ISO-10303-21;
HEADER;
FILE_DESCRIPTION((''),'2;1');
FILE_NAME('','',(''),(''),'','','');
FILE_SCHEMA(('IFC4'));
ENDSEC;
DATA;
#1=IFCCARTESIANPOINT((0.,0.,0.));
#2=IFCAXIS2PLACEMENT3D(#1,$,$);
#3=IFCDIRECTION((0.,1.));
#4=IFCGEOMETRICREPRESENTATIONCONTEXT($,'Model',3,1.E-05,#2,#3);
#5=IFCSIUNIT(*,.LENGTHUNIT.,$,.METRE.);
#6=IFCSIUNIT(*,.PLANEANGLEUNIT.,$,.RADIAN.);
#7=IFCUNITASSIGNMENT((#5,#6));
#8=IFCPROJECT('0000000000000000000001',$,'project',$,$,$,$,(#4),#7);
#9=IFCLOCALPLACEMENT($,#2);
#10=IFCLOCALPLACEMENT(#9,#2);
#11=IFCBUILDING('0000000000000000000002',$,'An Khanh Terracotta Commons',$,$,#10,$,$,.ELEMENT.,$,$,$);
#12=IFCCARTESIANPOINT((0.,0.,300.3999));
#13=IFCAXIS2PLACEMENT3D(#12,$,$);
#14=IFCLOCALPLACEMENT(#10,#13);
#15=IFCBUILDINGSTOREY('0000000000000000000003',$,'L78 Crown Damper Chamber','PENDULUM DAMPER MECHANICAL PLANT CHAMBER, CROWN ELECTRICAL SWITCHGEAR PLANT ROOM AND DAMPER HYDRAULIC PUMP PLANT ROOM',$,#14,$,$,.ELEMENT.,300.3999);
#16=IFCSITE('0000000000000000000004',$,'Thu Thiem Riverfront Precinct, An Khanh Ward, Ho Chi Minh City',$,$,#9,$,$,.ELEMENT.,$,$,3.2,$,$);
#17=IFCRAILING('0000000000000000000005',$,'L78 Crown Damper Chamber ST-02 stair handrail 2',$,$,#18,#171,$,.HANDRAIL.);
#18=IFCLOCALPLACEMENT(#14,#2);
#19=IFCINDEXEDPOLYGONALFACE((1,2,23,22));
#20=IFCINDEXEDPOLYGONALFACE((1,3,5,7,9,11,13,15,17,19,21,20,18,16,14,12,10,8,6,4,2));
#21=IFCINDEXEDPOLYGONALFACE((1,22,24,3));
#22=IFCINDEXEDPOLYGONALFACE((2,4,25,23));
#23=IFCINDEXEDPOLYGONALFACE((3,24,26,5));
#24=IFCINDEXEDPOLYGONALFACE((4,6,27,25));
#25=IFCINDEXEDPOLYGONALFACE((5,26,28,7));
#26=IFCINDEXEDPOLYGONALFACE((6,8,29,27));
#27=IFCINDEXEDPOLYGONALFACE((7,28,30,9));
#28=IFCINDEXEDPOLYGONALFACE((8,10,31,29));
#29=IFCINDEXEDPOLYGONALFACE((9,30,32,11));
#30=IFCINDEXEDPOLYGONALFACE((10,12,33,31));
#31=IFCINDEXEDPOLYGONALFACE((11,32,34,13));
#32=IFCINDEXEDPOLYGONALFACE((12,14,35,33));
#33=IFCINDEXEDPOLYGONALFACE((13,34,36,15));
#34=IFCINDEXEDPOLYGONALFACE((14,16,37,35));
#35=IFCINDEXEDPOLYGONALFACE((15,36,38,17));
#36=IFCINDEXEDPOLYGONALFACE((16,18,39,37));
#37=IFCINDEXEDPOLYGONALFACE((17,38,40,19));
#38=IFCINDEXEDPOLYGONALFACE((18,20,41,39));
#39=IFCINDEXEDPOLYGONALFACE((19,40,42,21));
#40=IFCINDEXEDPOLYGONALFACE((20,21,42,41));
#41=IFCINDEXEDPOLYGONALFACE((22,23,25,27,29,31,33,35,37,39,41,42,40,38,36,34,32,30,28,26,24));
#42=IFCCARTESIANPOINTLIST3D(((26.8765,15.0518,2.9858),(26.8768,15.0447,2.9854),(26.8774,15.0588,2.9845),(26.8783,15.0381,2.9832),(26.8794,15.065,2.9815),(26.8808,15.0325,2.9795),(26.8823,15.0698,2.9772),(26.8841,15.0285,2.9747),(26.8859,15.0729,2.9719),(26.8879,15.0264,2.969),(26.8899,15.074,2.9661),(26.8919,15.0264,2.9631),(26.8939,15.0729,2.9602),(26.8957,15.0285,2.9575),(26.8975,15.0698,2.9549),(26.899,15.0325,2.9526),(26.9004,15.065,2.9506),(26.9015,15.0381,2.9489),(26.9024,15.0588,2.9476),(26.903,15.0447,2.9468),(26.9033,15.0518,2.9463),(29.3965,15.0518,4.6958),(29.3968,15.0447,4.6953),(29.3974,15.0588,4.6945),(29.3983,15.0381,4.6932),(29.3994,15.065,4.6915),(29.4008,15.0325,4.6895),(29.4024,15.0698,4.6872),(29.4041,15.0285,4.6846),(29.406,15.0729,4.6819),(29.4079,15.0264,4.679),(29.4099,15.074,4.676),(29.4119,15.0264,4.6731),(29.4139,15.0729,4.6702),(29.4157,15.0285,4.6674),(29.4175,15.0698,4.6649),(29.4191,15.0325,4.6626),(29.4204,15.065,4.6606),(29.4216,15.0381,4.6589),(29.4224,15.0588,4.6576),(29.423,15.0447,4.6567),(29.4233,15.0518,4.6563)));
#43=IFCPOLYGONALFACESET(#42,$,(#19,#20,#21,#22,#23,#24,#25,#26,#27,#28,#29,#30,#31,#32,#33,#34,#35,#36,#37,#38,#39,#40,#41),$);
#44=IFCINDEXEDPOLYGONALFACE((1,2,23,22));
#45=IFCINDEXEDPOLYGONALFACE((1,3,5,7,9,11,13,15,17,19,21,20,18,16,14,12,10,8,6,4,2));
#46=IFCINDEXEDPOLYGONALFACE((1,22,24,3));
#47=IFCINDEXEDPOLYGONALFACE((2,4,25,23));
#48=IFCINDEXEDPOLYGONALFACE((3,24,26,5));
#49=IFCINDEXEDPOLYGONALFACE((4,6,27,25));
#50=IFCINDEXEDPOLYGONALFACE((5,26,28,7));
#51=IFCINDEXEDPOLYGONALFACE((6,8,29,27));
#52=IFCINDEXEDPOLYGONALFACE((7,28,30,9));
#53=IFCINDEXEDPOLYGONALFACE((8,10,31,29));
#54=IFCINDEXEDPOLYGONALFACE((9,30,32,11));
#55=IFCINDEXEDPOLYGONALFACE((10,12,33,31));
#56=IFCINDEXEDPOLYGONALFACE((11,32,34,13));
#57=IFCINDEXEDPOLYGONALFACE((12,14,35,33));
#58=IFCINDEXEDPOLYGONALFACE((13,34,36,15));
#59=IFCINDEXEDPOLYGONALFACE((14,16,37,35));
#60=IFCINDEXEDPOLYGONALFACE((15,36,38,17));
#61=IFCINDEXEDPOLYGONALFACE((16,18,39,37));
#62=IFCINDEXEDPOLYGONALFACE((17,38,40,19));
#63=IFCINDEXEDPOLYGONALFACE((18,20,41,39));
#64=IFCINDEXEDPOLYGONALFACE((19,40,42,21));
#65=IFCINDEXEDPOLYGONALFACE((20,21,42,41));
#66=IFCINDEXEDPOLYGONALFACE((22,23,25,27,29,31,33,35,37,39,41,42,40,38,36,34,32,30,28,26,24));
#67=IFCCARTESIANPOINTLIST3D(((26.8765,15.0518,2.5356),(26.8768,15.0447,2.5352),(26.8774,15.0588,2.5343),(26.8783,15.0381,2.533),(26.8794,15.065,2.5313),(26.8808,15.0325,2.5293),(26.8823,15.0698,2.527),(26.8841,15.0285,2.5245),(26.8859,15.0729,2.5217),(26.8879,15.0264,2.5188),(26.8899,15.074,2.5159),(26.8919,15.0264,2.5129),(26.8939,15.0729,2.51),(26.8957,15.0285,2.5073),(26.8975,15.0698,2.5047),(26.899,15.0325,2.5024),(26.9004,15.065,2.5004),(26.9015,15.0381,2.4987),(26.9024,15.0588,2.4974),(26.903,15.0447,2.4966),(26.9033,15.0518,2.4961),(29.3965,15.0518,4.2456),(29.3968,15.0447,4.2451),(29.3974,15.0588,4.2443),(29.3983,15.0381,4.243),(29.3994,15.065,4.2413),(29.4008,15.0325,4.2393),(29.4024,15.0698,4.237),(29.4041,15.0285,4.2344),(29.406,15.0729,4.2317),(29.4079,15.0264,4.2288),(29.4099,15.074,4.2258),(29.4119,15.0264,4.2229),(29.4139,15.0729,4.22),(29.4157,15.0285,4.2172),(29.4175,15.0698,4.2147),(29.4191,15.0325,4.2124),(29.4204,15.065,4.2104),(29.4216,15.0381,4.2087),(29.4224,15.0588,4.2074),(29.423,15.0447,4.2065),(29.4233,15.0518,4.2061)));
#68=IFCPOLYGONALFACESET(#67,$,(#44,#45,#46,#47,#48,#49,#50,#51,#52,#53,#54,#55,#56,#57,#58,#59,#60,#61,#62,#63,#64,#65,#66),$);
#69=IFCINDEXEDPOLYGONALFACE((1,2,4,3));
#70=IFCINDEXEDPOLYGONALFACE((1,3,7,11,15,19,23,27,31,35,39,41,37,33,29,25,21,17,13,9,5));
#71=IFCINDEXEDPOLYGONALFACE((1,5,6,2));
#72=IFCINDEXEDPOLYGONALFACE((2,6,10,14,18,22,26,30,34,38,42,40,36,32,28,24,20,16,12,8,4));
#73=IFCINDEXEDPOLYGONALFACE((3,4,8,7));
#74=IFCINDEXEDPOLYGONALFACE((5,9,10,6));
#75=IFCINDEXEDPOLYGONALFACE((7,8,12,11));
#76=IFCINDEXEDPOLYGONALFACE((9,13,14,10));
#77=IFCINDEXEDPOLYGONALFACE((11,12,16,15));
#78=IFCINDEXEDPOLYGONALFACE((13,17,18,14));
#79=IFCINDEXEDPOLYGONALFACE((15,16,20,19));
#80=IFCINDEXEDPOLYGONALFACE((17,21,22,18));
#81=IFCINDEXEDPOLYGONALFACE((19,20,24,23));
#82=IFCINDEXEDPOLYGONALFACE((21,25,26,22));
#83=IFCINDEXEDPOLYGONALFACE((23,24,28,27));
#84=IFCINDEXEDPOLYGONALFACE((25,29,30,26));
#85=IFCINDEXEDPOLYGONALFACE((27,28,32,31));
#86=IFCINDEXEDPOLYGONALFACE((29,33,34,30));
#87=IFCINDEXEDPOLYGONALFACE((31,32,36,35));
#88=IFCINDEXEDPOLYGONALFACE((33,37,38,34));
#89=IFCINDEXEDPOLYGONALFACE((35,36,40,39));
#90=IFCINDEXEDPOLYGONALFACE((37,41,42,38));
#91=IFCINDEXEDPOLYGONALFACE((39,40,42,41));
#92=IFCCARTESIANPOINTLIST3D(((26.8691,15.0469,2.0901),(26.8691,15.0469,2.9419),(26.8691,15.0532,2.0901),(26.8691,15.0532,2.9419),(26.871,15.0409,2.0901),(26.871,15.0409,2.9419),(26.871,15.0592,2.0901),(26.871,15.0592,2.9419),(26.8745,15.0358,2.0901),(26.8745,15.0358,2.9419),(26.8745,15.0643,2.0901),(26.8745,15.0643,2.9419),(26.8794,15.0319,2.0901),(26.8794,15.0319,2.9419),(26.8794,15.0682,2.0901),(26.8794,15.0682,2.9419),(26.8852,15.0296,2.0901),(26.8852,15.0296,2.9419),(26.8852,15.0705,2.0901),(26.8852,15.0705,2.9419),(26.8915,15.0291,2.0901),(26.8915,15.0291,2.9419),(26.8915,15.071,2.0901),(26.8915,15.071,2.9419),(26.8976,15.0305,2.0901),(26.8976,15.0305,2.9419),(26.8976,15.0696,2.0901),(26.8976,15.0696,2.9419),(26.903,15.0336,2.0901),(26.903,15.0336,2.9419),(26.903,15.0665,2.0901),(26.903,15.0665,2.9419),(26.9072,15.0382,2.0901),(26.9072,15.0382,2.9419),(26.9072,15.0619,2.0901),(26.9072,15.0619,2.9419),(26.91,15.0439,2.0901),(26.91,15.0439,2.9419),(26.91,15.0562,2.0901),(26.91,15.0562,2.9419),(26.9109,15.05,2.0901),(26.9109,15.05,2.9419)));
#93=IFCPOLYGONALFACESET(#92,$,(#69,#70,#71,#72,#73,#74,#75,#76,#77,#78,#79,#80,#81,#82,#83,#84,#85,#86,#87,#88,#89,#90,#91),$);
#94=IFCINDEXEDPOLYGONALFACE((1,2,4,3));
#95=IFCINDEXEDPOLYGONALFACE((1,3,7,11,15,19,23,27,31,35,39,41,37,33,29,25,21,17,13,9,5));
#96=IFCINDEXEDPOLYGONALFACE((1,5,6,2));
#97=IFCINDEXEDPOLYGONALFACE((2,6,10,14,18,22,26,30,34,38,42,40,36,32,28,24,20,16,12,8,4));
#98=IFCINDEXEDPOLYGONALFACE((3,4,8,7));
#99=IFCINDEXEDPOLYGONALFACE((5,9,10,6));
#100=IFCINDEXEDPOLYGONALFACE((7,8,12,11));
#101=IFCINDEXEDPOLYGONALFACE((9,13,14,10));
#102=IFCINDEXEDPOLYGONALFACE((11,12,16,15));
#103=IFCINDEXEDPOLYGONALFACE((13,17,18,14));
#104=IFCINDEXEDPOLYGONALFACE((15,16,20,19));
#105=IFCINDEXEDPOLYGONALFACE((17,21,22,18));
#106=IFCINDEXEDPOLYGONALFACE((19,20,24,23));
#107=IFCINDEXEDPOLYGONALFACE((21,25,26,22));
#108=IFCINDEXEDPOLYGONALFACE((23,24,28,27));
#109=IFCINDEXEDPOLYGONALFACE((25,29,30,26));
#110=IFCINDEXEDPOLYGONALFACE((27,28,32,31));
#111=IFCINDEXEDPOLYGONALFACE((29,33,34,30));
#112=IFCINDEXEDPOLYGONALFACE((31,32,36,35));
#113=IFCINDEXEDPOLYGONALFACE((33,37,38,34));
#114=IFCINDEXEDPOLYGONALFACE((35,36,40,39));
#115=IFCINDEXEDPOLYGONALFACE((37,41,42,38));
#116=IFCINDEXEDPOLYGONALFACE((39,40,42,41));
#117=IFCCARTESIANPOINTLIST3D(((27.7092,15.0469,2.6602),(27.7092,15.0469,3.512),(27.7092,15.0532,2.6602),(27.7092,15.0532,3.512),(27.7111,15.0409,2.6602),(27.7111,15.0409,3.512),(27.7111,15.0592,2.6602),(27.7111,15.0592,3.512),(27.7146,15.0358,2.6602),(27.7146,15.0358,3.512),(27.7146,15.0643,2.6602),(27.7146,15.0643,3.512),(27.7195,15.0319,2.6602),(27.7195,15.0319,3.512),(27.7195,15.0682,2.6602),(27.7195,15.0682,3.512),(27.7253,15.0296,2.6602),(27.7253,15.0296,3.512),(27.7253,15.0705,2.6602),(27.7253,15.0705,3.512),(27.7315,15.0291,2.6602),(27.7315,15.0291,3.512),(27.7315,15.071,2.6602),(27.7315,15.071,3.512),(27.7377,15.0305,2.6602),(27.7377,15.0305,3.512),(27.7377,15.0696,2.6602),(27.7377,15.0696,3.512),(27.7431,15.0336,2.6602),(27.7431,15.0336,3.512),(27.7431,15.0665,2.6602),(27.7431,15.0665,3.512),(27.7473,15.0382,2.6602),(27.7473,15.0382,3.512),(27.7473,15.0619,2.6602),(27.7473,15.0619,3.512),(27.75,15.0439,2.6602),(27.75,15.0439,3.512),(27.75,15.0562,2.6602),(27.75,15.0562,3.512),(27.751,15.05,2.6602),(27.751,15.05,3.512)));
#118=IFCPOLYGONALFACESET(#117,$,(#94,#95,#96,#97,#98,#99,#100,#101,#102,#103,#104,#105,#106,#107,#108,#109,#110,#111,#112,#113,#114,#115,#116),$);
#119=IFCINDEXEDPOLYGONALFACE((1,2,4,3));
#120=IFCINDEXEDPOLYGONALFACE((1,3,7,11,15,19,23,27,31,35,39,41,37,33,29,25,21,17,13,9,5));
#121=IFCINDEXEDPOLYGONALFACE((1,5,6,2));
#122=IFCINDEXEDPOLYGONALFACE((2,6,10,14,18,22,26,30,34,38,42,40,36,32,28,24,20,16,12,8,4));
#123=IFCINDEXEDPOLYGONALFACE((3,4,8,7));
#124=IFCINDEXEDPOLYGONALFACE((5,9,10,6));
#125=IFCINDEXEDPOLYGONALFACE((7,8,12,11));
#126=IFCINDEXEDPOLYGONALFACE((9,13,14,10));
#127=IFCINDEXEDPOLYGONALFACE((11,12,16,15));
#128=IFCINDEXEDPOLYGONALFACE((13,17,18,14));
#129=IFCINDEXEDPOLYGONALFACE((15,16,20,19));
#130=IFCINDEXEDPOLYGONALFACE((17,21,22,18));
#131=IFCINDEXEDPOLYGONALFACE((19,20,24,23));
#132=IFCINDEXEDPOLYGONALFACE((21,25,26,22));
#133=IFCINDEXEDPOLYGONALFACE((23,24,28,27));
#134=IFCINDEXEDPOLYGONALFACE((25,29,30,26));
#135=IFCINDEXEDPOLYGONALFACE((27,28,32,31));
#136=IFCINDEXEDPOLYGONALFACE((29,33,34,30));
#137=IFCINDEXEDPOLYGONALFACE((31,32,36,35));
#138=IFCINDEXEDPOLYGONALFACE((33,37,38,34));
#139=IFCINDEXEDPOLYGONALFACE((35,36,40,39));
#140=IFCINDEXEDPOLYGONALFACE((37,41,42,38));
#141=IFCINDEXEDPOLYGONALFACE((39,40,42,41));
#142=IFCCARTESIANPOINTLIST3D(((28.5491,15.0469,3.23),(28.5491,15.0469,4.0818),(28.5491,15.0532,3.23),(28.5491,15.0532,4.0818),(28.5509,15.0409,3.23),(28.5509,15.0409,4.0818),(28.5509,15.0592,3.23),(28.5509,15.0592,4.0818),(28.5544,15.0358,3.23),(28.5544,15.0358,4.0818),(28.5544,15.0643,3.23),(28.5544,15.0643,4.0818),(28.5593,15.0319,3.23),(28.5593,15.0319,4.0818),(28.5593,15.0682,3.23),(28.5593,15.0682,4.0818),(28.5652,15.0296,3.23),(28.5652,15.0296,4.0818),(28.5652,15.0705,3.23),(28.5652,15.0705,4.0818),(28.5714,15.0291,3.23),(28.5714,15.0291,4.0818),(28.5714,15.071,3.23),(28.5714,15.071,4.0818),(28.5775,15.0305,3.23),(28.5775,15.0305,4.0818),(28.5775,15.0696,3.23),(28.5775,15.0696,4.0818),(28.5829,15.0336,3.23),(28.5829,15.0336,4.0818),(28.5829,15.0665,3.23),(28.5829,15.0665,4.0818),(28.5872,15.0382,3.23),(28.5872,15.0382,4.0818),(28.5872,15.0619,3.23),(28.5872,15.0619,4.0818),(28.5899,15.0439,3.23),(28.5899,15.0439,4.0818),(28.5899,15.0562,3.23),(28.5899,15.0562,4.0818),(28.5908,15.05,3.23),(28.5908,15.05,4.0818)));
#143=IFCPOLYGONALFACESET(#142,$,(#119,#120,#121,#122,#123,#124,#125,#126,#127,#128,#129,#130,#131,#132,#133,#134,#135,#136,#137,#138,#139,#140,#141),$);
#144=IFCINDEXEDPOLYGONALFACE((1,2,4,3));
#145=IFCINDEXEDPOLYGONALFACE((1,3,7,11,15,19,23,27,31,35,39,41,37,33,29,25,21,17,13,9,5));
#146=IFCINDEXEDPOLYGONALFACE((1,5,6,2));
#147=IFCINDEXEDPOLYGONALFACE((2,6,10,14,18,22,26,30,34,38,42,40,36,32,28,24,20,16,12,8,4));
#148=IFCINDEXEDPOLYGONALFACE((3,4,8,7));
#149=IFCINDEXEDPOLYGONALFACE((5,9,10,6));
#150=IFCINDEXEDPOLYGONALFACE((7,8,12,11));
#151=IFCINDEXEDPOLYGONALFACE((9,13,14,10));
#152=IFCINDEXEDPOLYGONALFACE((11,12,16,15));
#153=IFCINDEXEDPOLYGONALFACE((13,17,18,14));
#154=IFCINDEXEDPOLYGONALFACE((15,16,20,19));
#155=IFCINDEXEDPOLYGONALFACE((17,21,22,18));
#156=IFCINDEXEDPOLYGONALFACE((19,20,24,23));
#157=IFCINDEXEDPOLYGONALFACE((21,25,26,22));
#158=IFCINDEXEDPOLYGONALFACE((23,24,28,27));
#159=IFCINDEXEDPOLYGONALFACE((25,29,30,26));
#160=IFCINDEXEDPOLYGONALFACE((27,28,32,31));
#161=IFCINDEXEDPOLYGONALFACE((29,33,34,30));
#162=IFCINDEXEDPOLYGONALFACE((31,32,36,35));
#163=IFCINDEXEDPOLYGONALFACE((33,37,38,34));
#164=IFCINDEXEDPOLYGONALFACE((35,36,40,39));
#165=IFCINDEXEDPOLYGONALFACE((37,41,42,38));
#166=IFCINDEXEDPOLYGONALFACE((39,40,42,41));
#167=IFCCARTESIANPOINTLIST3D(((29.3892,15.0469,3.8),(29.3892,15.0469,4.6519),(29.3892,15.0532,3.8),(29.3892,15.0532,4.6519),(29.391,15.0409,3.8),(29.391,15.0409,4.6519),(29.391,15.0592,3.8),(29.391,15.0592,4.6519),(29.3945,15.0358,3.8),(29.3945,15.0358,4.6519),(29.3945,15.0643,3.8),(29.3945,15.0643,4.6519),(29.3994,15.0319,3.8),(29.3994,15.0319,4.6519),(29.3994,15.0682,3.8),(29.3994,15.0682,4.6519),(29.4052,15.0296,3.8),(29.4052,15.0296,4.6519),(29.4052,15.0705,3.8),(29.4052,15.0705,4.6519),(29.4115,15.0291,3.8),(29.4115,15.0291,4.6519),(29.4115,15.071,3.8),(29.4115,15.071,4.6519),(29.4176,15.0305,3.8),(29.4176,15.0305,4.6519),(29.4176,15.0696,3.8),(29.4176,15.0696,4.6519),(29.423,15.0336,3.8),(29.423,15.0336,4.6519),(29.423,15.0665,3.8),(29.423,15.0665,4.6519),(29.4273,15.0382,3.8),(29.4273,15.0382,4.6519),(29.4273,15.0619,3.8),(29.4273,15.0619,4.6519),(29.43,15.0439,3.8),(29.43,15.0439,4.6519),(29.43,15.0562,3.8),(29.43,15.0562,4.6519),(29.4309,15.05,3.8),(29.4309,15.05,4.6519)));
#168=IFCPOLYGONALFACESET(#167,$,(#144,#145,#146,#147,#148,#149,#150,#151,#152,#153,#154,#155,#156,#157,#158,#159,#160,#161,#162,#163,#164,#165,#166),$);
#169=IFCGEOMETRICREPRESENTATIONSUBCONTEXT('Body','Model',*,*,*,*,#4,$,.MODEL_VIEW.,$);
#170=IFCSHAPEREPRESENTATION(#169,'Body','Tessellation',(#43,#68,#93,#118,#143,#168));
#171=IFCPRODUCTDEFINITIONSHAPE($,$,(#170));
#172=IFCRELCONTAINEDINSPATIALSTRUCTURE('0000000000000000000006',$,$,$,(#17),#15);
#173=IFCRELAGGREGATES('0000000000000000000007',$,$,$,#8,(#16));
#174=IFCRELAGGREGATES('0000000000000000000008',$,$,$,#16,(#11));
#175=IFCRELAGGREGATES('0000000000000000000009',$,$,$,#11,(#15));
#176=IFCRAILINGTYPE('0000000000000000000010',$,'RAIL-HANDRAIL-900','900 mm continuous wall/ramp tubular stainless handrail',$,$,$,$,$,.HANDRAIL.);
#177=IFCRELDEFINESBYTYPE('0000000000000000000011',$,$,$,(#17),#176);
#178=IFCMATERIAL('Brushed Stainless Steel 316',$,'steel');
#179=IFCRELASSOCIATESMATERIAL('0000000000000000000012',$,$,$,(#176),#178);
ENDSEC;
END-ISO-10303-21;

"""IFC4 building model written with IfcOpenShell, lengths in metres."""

from ifc_helpers import new_model, si_unit, direction, frame, origin, origin_2d, place, context, subcontext, project, spatial, circle, extrude, material, type_object, element, save


model = new_model("IFC4")

# Units and contexts
model_context = context("Model", 3, precision=1e-05, world=origin(), true_north=direction((0.0, 1.0)))
body_context = subcontext(model_context, "Body", "Model", "MODEL_VIEW")
ifc_project = project(units=[si_unit("LENGTHUNIT", "METRE"), si_unit("PLANEANGLEUNIT", "RADIAN")], contexts=[model_context])

# Site, building, storey
site_placement = place(None, origin())
site = spatial("IfcSite", under=ifc_project, at=site_placement, Name="Thu Thiem Riverfront Precinct, An Khanh Ward, Ho Chi Minh City", CompositionType="ELEMENT", RefElevation=3.2)
building_placement = place(site_placement, origin())
building = spatial("IfcBuilding", under=site, at=building_placement, Name="An Khanh Terracotta Commons", CompositionType="ELEMENT")
storey_placement = place(building_placement, frame((0.0, 0.0, 300.3999)))
storey = spatial("IfcBuildingStorey", under=building, at=storey_placement, Name="L78 Crown Damper Chamber", Description="PENDULUM DAMPER MECHANICAL PLANT CHAMBER, CROWN ELECTRICAL SWITCHGEAR PLANT ROOM AND DAMPER HYDRAULIC PUMP PLANT ROOM", CompositionType="ELEMENT", Elevation=300.3999)

# Railing
ifc_material_1 = material(Name="Brushed Stainless Steel 316", Category="steel")
railing_type_1 = type_object("IfcRailingType", Name="RAIL-HANDRAIL-900", Description="900 mm continuous wall/ramp tubular stainless handrail", PredefinedType="HANDRAIL", material=ifc_material_1)
for number, where, name in (
    (1, (26.8899, 15.05, 2.0901), "L78 Crown Damper Chamber ST-02 stair handrail 2"),
):
    element("IfcRailing", number, at=place(storey_placement, frame(where)), inside=storey, type_object=railing_type_1, Name=name, PredefinedType="HANDRAIL", context=body_context, shape_type="SweptSolid", body=[
        extrude(circle(Radius=0.0239, at=origin_2d()), frame((0.0, 0.0, 0.876), z_axis=(0.827484, 0.0, 0.56149), x_axis=(0.0, 1.0, 0.0)), (0.0, 0.0, 1.0), 3.0454),
        extrude(circle(Radius=0.0239, at=origin_2d()), frame((0.0, 0.0, 0.4258), z_axis=(0.827484, 0.0, 0.56149), x_axis=(0.0, 1.0, 0.0)), (0.0, 0.0, 1.0), 3.0454),
        extrude(circle(Radius=0.021, at=origin_2d()), origin(), (0.0, 0.0, 1.0), 0.8518),
        extrude(circle(Radius=0.021, at=origin_2d()), frame((0.8401, 0.0, 0.5701)), (0.0, 0.0, 1.0), 0.8518),
        extrude(circle(Radius=0.021, at=origin_2d()), frame((1.6799, 0.0, 1.1399)), (0.0, 0.0, 1.0), 0.8518),
        extrude(circle(Radius=0.021, at=origin_2d()), frame((2.52, 0.0, 1.71)), (0.0, 0.0, 1.0), 0.8518),
    ])

save(model, "model.ifc")
